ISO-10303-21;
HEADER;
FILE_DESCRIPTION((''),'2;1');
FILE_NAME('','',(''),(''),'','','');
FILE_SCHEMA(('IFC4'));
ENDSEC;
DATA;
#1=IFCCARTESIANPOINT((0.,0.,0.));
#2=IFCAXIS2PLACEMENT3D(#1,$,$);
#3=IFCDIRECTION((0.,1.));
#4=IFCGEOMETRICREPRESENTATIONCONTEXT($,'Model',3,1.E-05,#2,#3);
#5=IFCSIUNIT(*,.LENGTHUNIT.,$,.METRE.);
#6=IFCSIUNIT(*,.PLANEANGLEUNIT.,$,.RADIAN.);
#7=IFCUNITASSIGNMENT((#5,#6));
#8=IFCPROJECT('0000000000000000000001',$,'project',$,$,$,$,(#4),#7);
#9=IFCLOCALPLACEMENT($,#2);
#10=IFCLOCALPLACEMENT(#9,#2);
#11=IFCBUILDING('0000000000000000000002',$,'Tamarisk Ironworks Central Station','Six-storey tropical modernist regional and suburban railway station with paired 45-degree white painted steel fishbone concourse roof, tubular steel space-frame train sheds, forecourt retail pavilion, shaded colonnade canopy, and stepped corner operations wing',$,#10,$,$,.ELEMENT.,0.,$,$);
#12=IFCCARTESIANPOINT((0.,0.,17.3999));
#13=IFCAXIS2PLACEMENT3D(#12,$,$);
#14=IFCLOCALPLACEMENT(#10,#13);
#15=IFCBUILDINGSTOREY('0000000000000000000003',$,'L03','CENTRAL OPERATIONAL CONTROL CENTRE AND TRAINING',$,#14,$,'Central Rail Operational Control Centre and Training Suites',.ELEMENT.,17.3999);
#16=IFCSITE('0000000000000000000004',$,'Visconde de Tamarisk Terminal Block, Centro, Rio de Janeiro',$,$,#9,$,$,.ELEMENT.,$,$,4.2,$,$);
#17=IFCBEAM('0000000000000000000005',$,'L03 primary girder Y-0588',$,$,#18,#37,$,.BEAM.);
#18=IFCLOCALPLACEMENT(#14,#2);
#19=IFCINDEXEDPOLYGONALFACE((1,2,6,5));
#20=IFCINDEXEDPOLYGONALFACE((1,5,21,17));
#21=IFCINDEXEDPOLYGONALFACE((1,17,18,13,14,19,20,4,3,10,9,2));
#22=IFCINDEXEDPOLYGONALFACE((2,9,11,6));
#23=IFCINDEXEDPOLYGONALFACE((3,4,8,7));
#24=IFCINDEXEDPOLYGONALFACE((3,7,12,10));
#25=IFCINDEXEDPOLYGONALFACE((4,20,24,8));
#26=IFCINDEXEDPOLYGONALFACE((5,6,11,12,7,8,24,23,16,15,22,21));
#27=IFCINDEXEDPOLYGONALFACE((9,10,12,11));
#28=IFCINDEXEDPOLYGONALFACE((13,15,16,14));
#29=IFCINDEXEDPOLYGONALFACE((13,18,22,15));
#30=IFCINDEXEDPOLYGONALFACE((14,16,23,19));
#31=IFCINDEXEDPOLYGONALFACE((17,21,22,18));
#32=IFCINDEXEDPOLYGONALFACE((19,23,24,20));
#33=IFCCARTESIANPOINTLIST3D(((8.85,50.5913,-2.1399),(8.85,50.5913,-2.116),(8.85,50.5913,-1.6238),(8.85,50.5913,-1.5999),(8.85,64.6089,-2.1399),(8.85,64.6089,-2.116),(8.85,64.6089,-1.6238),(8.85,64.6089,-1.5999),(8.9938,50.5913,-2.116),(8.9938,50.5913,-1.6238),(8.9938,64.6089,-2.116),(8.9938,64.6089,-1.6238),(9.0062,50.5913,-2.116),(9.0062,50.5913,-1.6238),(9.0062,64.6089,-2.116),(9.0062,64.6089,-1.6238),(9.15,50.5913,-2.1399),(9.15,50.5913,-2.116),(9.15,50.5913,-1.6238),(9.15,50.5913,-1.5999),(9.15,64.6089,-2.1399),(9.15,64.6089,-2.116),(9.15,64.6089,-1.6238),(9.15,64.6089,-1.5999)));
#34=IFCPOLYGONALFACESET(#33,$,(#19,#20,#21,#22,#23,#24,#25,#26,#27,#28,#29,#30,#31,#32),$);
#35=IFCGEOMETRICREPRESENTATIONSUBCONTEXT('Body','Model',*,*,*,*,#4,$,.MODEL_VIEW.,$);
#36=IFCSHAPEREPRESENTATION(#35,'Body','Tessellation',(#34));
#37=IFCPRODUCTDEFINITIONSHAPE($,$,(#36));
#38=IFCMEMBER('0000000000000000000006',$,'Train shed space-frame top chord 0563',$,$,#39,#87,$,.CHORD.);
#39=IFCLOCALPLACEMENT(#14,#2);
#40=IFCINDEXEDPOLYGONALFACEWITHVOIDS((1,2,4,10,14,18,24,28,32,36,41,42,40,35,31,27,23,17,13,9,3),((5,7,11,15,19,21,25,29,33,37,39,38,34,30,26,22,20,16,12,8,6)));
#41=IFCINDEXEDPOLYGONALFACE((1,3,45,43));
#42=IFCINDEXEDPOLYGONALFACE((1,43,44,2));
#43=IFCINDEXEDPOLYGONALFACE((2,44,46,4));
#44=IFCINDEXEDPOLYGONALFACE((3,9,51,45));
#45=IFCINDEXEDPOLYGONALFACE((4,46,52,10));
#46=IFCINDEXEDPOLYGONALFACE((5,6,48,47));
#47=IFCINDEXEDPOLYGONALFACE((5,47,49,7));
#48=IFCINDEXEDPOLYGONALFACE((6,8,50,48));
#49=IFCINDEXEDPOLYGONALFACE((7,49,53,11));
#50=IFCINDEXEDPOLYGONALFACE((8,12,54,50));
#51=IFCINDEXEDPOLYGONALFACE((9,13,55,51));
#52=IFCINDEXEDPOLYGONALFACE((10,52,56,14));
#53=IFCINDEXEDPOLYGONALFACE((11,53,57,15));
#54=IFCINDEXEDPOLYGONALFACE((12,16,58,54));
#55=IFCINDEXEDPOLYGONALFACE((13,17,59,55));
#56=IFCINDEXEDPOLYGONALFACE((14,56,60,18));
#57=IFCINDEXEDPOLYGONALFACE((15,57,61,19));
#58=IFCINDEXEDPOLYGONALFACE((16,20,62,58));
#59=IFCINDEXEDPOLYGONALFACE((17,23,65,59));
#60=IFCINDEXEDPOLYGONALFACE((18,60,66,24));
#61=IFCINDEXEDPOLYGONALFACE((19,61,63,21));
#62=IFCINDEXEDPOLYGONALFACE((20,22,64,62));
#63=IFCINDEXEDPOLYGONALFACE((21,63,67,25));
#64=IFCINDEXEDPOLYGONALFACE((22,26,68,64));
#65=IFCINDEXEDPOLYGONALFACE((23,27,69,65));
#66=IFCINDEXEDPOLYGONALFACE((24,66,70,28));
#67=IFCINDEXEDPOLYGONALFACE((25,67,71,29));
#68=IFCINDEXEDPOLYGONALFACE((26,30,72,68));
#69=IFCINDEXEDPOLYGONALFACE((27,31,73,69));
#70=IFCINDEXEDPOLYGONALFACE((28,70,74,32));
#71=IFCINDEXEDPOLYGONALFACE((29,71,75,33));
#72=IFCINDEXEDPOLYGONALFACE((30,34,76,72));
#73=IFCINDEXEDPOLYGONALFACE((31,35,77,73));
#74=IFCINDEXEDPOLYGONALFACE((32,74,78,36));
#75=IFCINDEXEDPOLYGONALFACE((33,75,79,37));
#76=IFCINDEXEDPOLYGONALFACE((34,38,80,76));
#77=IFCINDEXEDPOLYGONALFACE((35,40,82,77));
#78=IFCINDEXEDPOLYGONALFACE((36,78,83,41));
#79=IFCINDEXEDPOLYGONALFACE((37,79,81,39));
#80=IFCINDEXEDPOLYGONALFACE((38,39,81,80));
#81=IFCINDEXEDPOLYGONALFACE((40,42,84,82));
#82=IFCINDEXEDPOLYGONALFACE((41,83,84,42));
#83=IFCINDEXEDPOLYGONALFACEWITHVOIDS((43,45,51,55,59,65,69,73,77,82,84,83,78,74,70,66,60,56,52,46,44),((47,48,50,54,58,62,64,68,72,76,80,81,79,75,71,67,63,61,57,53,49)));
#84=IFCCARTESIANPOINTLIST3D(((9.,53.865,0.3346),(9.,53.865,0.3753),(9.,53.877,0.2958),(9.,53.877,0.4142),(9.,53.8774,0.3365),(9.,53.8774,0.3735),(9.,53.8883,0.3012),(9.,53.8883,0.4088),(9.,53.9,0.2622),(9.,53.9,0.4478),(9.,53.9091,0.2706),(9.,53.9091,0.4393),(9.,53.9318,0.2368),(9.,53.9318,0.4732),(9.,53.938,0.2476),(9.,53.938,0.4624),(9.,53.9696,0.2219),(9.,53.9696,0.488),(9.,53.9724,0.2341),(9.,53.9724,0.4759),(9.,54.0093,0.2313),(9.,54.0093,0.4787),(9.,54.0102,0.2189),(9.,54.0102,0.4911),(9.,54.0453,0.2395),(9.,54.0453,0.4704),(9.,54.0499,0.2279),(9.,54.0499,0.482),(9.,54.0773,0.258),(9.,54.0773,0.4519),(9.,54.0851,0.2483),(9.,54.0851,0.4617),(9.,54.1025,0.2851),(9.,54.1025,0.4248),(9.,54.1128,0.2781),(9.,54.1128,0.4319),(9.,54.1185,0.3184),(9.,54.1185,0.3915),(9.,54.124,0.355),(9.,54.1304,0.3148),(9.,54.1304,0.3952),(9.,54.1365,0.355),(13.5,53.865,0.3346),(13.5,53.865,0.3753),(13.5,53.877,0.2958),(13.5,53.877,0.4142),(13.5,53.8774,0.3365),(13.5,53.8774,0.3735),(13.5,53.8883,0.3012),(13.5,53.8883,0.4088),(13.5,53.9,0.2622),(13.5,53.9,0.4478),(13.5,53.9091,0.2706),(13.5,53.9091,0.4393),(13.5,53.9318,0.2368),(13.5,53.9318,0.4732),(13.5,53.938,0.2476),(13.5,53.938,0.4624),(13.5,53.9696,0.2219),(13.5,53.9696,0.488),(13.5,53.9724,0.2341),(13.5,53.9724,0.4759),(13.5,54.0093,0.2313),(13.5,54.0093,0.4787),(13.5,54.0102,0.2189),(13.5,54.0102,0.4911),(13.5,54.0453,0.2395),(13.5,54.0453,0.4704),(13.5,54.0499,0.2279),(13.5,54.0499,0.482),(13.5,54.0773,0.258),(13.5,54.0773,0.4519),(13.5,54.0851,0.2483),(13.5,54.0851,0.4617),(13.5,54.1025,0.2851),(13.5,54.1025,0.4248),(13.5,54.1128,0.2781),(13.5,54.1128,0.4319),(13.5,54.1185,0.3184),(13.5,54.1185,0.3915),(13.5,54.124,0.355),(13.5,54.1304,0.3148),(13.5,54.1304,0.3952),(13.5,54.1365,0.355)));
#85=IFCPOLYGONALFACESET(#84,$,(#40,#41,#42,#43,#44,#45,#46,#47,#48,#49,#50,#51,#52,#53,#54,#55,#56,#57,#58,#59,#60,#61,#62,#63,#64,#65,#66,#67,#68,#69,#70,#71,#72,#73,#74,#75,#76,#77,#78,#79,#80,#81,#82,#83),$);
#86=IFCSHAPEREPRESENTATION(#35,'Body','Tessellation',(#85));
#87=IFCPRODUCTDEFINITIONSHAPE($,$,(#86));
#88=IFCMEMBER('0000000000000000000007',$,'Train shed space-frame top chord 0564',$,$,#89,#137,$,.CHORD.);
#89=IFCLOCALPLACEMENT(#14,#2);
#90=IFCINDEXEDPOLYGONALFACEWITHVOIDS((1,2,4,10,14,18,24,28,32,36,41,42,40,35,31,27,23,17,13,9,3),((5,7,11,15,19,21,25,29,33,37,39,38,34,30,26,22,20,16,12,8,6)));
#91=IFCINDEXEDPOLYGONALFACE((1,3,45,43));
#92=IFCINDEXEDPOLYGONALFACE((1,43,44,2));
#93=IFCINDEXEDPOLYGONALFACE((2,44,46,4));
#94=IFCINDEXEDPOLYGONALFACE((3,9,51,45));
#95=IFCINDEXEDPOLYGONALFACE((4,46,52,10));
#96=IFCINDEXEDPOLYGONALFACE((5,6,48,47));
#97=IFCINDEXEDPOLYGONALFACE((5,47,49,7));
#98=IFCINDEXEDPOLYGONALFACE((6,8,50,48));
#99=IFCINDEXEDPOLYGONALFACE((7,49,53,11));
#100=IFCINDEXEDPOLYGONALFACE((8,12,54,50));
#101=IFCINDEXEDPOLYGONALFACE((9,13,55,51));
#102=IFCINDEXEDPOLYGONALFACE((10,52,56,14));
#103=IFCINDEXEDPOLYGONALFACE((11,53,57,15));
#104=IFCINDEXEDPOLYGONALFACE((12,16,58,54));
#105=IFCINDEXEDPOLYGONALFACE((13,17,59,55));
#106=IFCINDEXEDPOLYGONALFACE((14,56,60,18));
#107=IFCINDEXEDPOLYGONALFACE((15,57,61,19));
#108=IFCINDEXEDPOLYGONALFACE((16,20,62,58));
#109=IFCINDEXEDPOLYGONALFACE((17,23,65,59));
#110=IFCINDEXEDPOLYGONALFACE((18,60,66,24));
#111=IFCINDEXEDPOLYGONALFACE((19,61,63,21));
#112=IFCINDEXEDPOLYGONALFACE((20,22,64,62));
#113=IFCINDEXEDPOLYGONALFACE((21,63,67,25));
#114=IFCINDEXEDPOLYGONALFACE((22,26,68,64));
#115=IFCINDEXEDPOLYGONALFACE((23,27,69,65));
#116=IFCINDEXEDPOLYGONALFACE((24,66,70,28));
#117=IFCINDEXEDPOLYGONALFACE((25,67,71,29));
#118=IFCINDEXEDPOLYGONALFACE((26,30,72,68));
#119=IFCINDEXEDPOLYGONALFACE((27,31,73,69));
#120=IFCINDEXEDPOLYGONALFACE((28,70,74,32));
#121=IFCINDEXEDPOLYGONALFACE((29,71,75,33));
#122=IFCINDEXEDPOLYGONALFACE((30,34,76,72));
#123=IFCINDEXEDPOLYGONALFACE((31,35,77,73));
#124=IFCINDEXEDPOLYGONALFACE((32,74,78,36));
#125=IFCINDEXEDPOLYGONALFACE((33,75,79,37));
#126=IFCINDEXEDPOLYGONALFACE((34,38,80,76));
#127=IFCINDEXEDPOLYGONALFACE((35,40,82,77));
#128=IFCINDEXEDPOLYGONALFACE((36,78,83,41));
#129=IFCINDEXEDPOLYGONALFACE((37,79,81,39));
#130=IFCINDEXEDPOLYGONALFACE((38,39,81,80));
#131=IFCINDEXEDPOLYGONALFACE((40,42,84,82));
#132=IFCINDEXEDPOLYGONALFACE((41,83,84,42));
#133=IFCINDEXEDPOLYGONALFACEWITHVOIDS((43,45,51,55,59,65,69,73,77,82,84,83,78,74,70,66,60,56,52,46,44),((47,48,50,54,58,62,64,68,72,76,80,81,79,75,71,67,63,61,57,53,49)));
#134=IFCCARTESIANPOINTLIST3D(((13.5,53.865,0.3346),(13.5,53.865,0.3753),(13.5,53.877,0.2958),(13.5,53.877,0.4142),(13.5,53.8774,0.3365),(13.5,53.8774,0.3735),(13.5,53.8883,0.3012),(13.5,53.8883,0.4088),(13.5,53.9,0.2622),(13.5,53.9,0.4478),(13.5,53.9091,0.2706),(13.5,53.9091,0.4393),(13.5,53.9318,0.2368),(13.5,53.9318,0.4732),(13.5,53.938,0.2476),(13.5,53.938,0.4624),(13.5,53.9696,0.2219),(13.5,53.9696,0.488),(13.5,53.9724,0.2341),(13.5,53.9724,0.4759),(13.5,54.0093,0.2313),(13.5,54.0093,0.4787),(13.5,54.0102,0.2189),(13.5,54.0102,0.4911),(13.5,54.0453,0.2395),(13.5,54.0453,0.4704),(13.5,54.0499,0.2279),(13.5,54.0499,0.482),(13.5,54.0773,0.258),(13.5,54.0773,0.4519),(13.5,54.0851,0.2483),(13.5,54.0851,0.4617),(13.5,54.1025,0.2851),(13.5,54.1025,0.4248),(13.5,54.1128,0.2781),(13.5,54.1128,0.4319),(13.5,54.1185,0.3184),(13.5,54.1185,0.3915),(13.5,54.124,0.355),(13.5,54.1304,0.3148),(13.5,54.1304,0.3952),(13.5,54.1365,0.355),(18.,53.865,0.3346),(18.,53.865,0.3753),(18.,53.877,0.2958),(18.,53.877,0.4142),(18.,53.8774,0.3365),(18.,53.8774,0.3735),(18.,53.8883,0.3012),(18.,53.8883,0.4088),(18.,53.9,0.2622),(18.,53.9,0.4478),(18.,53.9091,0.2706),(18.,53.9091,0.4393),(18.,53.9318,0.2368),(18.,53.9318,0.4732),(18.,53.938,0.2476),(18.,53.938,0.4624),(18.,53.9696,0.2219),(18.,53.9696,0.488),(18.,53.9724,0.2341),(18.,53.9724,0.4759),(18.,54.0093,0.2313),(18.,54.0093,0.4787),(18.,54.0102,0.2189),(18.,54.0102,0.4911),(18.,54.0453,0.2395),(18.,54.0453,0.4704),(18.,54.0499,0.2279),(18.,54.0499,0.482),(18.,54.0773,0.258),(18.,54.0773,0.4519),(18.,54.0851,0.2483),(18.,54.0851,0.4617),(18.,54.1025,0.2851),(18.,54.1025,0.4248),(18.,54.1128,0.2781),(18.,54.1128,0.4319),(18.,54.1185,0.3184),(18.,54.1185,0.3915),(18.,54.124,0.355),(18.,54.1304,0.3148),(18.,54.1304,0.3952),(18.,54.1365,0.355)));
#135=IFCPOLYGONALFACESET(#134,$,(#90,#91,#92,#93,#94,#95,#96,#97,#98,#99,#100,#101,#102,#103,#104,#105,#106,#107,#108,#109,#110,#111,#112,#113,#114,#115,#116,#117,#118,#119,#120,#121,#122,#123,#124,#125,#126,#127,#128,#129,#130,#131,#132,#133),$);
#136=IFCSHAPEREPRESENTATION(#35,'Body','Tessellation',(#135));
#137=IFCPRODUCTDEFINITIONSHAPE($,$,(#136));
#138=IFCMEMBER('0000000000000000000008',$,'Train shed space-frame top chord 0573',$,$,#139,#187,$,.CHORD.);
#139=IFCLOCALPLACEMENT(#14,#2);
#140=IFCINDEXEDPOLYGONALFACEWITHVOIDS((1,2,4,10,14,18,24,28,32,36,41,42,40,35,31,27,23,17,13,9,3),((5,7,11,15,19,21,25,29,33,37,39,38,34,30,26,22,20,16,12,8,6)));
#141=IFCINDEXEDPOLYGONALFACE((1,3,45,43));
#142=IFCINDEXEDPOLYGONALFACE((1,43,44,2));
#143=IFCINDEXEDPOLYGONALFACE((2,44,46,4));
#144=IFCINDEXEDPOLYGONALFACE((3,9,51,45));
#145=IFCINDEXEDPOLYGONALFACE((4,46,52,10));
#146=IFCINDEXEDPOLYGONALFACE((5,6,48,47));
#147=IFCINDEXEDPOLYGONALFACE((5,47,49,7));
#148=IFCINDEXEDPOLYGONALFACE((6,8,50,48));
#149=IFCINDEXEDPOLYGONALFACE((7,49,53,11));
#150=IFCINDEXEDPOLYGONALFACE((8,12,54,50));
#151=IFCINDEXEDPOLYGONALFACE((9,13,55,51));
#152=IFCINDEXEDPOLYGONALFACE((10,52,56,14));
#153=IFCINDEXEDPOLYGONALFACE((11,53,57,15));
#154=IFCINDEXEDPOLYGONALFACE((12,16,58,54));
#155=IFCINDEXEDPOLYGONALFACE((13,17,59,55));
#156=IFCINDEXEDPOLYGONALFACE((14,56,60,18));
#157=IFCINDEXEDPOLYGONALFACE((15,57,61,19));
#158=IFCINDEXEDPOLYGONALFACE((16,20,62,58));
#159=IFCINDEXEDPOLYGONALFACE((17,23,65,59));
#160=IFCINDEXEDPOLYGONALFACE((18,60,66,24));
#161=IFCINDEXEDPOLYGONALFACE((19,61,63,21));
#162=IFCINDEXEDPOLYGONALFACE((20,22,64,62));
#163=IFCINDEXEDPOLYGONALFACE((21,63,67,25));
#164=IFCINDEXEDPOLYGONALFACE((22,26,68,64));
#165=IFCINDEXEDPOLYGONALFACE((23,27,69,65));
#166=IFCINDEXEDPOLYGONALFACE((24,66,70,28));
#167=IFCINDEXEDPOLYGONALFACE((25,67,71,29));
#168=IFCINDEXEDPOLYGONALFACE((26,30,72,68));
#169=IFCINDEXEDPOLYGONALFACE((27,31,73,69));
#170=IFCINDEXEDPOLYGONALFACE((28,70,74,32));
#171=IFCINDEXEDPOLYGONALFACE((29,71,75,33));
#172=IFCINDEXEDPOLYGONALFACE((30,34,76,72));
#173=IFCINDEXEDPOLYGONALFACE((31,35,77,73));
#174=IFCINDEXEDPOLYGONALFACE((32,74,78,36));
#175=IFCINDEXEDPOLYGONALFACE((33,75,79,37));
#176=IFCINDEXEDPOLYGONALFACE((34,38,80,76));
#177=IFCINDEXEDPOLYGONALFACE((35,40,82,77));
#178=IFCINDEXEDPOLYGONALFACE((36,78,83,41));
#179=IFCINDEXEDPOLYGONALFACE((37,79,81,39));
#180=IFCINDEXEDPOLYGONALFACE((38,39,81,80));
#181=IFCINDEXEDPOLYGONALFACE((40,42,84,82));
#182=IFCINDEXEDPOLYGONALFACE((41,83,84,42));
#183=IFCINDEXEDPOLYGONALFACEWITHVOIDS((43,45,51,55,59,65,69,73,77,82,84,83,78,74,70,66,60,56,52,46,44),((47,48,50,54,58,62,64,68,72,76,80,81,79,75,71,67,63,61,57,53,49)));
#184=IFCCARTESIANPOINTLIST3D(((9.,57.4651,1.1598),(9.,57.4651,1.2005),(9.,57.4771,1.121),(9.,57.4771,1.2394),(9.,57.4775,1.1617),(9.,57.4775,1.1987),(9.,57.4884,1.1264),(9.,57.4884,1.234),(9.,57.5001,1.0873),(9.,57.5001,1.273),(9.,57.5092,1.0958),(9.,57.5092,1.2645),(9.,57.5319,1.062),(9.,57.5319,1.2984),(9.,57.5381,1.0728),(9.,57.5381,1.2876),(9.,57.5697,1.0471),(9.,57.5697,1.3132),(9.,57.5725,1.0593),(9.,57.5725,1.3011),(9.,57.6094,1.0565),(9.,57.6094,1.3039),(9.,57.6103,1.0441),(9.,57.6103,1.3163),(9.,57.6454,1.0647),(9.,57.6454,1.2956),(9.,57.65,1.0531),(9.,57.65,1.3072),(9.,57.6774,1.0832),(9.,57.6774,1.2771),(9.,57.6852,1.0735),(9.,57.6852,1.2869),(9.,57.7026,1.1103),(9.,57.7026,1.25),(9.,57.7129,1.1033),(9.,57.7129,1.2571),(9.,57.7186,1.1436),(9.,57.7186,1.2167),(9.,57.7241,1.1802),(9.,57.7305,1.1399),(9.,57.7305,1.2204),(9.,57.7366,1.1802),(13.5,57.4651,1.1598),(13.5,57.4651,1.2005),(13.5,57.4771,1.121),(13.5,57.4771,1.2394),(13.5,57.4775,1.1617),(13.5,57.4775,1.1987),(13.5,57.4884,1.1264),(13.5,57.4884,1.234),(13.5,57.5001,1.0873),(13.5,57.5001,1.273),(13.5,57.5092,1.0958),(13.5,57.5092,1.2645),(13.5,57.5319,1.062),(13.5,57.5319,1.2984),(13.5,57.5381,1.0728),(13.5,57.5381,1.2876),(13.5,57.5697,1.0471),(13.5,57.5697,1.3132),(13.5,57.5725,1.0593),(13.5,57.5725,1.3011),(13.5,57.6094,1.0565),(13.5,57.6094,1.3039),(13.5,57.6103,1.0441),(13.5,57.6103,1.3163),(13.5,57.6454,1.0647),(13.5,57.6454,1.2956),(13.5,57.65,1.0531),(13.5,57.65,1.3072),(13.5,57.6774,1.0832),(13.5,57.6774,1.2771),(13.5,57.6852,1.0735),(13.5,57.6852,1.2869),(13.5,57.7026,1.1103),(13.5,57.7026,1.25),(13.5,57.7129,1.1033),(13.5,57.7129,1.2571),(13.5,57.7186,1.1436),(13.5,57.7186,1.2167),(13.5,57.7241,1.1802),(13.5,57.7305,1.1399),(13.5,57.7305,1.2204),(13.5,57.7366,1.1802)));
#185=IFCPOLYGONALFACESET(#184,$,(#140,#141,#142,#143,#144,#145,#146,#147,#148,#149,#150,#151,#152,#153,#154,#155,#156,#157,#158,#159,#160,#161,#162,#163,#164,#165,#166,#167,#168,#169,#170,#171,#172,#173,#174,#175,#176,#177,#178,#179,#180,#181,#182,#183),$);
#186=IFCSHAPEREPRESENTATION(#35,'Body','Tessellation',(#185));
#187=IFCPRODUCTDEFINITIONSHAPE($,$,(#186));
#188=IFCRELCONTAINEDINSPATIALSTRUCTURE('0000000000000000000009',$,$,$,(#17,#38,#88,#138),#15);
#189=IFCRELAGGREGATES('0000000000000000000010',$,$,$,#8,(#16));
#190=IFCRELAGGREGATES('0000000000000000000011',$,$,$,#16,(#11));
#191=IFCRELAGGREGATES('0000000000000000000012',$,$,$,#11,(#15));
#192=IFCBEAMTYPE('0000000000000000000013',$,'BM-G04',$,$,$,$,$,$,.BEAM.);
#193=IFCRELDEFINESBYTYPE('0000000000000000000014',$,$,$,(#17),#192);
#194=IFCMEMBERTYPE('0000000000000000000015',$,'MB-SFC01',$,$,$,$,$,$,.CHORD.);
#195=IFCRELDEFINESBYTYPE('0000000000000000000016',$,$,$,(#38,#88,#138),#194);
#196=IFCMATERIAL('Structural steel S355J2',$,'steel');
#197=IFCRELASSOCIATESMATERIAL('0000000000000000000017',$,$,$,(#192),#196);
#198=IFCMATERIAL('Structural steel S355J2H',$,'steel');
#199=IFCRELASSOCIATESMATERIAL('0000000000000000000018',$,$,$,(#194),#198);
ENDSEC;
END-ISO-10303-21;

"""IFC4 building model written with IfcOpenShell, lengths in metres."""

from ifc_helpers import new_model, si_unit, direction, frame, origin, origin_2d, place, context, subcontext, project, spatial, hollow_circle, i_section, extrude, material, material_profile, profile_set, type_object, element, save


model = new_model("IFC4")

# Units and contexts
model_context = context("Model", 3, precision=1e-05, world=origin(), true_north=direction((0.0, 1.0)))
body_context = subcontext(model_context, "Body", "Model", "MODEL_VIEW")
ifc_project = project(units=[si_unit("LENGTHUNIT", "METRE"), si_unit("PLANEANGLEUNIT", "RADIAN")], contexts=[model_context])

# Site, building, storey
site_placement = place(None, origin())
site = spatial("IfcSite", under=ifc_project, at=site_placement, Name="Visconde de Tamarisk Terminal Block, Centro, Rio de Janeiro", CompositionType="ELEMENT", RefElevation=4.2)
building_placement = place(site_placement, origin())
building = spatial("IfcBuilding", under=site, at=building_placement, Name="Tamarisk Ironworks Central Station", Description="Six-storey tropical modernist regional and suburban railway station with paired 45-degree white painted steel fishbone concourse roof, tubular steel space-frame train sheds, forecourt retail pavilion, shaded colonnade canopy, and stepped corner operations wing", CompositionType="ELEMENT", ElevationOfRefHeight=0.0)
storey_placement = place(building_placement, frame((0.0, 0.0, 17.3999)))
storey = spatial("IfcBuildingStorey", under=building, at=storey_placement, Name="L03", Description="CENTRAL OPERATIONAL CONTROL CENTRE AND TRAINING", LongName="Central Rail Operational Control Centre and Training Suites", CompositionType="ELEMENT", Elevation=17.3999)

# Beam
ifc_material_1 = material(Name="Structural steel S355J2", Category="steel")
ifc_material_profile_1 = material_profile(ifc_material_1, i_section(OverallWidth=0.3, OverallDepth=0.54, WebThickness=0.0125, FlangeThickness=0.0239, at=origin_2d()), Name="HEA 550")
ifc_profile_set_1 = profile_set([ifc_material_profile_1], Name="Structural steel S355J2")
beam_type = type_object("IfcBeamType", Name="BM-G04", PredefinedType="BEAM", material=ifc_profile_set_1)
beam_placement = place(storey_placement, frame((9.0, 50.5913, -1.8699), z_axis=(0.0, 1.0, 0.0), x_axis=(-1.0, 0.0, 0.0)))
element("IfcBeam", 1, at=beam_placement, inside=storey, type_object=beam_type, Name="L03 primary girder Y-0588", PredefinedType="BEAM", context=body_context, shape_type="SweptSolid", body=[
    extrude(i_section(OverallWidth=0.3, OverallDepth=0.54, WebThickness=0.0125, FlangeThickness=0.0239, at=origin_2d()), origin(), (0.0, 0.0, 1.0), 14.0176),
])

# Members
ifc_material_2 = material(Name="Structural steel S355J2H", Category="steel")
ifc_material_profile_2 = material_profile(ifc_material_2, hollow_circle(Radius=0.1365, WallThickness=0.0125, at=origin_2d()), Name="CHS 273x12.5")
ifc_profile_set_2 = profile_set([ifc_material_profile_2], Name="Structural steel S355J2H")
member_type_1 = type_object("IfcMemberType", Name="MB-SFC01", PredefinedType="CHORD", material=ifc_profile_set_2)
for number, where, z_axis, x_axis, name in (
    (2, (9.0, 54.0, 0.355), (1.0, 0.0, 0.0), (0.0, 1.0, 0.0), "Train shed space-frame top chord 0563"),
    (3, (13.5, 54.0, 0.355), (1.0, 0.0, 0.0), (0.0, 1.0, 0.0), "Train shed space-frame top chord 0564"),
    (4, (9.0, 57.6001, 1.1802), (1.0, 0.0, 0.0), (0.0, 1.0, 0.0), "Train shed space-frame top chord 0573"),
):
    element("IfcMember", number, at=place(storey_placement, frame(where, z_axis=z_axis, x_axis=x_axis)), inside=storey, type_object=member_type_1, Name=name, PredefinedType="CHORD", context=body_context, shape_type="SweptSolid", body=[
        extrude(hollow_circle(Radius=0.1365, WallThickness=0.0125, at=origin_2d()), origin(), (0.0, 0.0, 1.0), 4.5),
    ])

save(model, "model.ifc")
